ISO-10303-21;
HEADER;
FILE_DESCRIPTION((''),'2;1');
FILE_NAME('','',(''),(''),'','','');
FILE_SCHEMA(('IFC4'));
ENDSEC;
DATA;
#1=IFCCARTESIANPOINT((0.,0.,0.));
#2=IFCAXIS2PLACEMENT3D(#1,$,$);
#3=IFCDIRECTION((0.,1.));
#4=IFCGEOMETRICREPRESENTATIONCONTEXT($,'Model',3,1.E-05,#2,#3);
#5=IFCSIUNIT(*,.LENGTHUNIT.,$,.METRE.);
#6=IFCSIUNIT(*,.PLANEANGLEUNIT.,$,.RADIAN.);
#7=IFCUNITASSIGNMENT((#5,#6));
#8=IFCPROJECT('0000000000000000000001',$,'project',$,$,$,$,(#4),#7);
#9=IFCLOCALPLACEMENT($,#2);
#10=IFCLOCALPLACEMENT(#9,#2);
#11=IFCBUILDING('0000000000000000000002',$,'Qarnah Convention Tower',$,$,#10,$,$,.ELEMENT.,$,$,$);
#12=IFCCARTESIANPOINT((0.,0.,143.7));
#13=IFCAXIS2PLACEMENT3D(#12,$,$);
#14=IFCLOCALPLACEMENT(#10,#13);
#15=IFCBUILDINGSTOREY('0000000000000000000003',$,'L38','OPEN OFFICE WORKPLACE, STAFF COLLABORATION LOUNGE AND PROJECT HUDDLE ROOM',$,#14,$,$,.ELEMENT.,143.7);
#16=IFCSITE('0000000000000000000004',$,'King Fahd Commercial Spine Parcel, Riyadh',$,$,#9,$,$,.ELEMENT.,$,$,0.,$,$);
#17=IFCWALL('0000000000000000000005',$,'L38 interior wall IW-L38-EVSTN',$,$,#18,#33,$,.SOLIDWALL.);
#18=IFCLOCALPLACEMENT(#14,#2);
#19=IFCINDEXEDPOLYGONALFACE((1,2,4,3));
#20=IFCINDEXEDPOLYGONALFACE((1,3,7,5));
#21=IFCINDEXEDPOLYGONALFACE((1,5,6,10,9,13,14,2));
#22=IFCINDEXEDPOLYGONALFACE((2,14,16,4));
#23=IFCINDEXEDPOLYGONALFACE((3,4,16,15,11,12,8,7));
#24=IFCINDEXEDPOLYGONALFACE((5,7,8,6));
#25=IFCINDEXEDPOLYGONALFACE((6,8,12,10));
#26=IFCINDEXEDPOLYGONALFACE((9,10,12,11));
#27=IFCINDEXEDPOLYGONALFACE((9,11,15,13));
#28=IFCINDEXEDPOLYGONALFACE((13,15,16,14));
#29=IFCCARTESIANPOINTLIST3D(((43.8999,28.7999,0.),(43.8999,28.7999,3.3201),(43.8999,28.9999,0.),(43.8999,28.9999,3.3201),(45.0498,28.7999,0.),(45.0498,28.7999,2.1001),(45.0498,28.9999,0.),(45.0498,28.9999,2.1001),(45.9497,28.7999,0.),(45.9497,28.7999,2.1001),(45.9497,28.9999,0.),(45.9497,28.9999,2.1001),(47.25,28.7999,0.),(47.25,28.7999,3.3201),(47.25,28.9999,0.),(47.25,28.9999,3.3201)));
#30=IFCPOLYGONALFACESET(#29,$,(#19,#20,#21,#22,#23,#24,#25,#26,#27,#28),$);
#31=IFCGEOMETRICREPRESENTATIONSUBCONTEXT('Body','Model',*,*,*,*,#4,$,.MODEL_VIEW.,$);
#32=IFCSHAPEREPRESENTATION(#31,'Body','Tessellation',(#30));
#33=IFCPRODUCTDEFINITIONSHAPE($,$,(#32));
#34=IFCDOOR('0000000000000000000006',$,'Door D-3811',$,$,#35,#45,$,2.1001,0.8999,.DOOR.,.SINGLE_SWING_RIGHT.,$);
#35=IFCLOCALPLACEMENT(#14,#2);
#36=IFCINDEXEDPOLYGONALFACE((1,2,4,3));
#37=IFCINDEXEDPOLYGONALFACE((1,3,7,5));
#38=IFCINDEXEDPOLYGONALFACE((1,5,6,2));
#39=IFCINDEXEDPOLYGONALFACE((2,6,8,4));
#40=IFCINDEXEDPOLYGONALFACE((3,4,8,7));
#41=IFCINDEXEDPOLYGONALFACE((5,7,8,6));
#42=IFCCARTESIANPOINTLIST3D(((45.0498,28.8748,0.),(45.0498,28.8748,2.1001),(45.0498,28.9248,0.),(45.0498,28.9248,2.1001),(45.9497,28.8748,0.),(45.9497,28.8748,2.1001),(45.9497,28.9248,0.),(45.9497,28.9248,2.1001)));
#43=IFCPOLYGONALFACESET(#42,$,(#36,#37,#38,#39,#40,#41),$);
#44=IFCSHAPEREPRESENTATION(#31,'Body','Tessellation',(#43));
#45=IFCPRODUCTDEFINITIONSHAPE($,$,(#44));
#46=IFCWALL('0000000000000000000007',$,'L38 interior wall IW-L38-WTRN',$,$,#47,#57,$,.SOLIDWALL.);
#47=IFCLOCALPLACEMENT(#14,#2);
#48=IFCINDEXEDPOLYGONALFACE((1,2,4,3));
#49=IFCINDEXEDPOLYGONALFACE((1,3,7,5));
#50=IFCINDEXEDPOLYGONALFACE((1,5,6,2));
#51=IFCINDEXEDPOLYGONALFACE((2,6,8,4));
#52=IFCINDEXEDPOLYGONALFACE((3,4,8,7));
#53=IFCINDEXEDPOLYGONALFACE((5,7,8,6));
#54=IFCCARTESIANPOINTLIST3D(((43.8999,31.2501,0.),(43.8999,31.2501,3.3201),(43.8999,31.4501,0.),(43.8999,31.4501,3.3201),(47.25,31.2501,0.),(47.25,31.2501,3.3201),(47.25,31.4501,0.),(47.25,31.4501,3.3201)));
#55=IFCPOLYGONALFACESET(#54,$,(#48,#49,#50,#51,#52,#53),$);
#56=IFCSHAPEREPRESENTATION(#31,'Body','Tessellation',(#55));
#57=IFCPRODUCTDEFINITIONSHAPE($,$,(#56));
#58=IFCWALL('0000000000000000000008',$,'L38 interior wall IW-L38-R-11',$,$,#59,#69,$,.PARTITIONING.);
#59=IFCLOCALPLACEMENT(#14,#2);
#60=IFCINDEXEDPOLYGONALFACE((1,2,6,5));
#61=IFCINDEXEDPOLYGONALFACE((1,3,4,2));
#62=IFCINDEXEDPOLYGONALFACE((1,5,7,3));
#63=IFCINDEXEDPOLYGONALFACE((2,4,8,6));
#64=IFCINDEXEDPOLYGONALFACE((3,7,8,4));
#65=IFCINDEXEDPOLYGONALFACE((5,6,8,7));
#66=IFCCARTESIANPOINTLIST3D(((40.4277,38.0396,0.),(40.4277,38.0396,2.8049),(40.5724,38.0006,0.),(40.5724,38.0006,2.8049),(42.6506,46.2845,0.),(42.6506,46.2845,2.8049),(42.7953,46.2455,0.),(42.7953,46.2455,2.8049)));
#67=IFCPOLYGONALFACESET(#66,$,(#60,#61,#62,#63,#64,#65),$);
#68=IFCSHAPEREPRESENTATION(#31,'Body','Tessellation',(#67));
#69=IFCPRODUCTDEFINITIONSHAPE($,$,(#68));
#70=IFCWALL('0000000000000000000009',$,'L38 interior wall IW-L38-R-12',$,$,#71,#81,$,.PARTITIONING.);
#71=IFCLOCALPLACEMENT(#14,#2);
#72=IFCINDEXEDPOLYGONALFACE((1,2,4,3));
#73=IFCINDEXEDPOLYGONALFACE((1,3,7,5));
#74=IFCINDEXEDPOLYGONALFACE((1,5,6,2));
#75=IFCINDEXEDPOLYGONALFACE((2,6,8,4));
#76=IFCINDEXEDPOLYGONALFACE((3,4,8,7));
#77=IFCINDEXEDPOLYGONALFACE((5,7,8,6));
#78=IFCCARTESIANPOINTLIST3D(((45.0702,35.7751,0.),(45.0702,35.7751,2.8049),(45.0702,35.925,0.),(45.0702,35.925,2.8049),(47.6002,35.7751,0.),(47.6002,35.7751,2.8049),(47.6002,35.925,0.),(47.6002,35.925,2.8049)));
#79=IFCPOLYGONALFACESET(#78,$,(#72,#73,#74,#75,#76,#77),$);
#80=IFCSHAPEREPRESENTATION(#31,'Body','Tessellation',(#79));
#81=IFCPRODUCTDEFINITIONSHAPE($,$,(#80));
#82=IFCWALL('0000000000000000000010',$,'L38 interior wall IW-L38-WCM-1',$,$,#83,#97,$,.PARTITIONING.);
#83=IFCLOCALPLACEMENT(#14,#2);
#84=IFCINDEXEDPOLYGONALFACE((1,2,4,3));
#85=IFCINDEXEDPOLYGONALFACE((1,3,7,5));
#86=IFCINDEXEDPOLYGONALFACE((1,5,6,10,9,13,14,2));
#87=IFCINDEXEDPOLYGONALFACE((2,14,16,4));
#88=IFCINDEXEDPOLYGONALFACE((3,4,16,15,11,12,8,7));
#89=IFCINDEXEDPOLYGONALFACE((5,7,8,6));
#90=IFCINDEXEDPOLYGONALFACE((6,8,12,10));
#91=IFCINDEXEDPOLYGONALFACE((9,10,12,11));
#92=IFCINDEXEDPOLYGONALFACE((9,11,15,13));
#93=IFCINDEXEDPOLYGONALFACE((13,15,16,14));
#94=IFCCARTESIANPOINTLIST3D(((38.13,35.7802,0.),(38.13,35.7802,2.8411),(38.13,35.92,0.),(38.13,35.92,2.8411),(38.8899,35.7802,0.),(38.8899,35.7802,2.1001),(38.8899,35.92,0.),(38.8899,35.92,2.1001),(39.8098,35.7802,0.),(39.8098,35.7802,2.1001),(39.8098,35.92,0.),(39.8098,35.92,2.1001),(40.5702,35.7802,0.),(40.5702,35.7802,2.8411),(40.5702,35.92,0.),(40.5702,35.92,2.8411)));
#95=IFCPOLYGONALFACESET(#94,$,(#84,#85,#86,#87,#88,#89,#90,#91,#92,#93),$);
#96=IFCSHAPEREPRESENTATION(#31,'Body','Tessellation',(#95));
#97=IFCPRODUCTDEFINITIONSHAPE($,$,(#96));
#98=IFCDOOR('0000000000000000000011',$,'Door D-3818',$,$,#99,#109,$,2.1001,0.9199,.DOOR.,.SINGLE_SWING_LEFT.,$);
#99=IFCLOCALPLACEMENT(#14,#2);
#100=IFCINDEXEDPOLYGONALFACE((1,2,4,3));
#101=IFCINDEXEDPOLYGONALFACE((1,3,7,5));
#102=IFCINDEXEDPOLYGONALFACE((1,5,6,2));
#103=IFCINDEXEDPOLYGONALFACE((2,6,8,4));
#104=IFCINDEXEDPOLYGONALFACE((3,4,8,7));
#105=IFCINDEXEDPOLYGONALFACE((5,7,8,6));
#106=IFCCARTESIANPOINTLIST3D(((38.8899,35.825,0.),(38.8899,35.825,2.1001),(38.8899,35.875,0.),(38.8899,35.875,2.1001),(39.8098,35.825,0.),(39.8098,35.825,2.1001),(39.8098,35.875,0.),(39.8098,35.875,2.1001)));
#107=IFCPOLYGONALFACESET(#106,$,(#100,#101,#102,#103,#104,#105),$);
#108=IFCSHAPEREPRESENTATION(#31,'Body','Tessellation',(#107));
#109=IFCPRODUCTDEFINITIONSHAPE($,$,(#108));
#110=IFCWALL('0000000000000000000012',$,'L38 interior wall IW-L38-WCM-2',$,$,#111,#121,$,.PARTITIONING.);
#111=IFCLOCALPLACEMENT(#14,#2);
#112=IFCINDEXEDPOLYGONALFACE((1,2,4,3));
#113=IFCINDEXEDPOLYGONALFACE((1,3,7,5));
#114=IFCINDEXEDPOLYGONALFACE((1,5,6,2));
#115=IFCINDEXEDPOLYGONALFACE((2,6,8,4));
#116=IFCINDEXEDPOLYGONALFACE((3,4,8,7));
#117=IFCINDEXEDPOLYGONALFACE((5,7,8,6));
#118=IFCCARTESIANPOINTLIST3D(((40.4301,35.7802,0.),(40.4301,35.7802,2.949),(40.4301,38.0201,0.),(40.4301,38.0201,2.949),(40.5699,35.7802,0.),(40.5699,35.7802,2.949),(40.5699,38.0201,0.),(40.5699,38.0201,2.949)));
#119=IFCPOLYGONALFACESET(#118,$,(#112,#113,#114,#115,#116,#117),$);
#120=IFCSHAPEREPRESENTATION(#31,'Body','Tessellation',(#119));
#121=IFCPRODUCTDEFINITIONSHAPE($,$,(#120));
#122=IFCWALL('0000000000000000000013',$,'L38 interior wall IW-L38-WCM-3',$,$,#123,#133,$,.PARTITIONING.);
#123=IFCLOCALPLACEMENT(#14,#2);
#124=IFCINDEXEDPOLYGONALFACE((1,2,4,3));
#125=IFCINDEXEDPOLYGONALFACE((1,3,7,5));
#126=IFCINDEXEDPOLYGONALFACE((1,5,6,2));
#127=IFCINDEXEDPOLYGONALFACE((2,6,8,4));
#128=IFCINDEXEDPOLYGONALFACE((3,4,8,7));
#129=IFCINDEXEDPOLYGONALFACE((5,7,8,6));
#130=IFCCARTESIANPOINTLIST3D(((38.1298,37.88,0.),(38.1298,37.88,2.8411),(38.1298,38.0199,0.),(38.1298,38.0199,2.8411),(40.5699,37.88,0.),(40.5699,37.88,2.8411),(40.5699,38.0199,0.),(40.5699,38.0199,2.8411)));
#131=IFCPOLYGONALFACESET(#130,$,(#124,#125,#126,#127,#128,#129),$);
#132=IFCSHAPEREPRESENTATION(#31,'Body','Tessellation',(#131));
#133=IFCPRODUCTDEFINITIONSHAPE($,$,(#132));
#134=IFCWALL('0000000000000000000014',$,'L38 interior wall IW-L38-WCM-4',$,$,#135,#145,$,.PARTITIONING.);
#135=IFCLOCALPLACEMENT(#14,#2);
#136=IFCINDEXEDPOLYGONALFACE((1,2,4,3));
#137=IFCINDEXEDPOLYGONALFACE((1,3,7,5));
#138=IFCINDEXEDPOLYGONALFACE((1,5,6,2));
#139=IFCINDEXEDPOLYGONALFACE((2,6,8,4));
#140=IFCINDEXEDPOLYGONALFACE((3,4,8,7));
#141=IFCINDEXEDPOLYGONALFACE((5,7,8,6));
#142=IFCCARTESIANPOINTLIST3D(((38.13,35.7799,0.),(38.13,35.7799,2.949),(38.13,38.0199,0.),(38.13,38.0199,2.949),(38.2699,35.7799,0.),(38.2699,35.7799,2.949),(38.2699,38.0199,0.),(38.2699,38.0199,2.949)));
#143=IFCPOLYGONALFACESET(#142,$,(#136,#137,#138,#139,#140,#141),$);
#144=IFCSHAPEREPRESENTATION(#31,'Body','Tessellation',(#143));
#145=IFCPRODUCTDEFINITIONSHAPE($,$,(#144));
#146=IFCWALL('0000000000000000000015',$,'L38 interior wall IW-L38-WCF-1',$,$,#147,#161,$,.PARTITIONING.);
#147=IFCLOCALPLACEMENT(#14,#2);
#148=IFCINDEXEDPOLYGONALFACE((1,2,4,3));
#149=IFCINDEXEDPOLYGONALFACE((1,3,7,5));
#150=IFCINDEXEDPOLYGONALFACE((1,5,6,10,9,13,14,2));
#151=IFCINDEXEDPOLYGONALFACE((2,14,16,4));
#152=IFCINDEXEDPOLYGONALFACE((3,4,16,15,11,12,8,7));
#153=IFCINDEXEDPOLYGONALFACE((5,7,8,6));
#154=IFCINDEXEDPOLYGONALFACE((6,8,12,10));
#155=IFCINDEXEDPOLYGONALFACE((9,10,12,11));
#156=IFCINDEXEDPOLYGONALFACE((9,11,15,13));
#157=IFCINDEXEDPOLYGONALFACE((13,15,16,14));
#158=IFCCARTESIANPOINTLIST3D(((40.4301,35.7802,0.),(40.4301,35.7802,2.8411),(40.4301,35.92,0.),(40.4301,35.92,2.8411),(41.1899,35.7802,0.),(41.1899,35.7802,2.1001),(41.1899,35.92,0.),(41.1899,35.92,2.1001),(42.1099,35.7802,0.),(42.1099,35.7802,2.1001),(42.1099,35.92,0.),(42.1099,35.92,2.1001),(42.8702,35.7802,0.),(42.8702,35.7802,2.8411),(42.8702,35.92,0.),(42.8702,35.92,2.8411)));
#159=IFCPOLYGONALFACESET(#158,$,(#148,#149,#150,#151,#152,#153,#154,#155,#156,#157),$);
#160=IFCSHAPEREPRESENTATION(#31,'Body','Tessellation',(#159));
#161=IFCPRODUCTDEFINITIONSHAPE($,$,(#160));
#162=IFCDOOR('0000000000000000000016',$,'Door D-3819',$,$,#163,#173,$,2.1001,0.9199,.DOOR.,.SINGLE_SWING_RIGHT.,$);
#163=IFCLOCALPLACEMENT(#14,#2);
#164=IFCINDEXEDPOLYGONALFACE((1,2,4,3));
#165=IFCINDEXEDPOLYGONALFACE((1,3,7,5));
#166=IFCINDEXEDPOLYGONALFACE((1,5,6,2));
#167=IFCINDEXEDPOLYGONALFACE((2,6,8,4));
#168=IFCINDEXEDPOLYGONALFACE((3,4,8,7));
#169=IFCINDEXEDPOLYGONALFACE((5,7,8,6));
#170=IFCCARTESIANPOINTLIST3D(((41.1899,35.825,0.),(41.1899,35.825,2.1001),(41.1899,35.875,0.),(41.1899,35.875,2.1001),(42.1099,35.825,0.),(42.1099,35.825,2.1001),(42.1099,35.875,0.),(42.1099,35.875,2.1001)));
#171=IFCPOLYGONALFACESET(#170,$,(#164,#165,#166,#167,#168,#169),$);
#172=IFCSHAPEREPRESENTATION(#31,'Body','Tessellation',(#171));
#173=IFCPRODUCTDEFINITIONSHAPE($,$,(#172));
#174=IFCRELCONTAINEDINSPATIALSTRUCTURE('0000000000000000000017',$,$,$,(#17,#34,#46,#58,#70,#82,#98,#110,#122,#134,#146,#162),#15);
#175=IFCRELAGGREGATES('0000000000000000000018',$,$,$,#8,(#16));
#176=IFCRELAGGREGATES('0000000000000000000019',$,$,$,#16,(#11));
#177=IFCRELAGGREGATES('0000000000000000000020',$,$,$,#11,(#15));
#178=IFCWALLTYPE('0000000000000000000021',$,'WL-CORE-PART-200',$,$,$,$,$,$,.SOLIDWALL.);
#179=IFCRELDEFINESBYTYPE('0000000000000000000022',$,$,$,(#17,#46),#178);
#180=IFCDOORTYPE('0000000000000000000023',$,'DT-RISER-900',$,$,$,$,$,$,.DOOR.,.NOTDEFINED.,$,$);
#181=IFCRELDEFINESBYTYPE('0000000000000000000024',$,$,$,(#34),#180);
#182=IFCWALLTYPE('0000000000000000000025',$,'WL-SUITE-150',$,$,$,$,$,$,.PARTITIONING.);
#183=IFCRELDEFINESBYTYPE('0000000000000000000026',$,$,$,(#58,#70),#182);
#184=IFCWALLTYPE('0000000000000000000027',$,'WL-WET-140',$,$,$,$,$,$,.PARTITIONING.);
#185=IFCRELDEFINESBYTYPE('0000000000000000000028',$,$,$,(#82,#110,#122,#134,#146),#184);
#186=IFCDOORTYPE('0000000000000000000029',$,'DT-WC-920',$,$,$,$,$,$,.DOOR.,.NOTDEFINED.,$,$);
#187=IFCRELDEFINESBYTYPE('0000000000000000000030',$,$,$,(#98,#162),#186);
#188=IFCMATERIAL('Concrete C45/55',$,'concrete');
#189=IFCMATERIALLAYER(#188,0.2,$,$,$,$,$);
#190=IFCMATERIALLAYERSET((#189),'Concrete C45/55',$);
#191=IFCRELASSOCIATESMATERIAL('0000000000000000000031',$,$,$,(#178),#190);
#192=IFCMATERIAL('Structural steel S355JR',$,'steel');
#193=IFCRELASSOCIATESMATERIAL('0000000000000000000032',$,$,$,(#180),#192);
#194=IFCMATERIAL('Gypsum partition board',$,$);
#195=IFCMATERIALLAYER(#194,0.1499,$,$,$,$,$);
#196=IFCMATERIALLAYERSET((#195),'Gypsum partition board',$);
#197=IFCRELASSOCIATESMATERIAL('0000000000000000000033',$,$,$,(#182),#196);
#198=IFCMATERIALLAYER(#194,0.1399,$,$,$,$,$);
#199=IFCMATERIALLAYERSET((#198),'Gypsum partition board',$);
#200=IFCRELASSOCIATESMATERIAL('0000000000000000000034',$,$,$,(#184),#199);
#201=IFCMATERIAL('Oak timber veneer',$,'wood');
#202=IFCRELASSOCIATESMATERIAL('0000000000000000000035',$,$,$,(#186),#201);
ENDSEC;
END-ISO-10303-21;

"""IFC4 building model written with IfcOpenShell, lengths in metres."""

from ifc_helpers import new_model, si_unit, direction, frame, frame_2d, origin, place, context, subcontext, project, spatial, rectangle, extrude, material, layer, layer_set, type_object, element, fill, save


model = new_model("IFC4")

# Units and contexts
model_context = context("Model", 3, precision=1e-05, world=origin(), true_north=direction((0.0, 1.0)))
body_context = subcontext(model_context, "Body", "Model", "MODEL_VIEW")
ifc_project = project(units=[si_unit("LENGTHUNIT", "METRE"), si_unit("PLANEANGLEUNIT", "RADIAN")], contexts=[model_context])

# Site, building, storey
site_placement = place(None, origin())
site = spatial("IfcSite", under=ifc_project, at=site_placement, Name="King Fahd Commercial Spine Parcel, Riyadh", CompositionType="ELEMENT", RefElevation=0.0)
building_placement = place(site_placement, origin())
building = spatial("IfcBuilding", under=site, at=building_placement, Name="Qarnah Convention Tower", CompositionType="ELEMENT")
storey_placement = place(building_placement, frame((0.0, 0.0, 143.7)))
storey = spatial("IfcBuildingStorey", under=building, at=storey_placement, Name="L38", Description="OPEN OFFICE WORKPLACE, STAFF COLLABORATION LOUNGE AND PROJECT HUDDLE ROOM", CompositionType="ELEMENT", Elevation=143.7)

# Shared definitions
ifc_material_1 = material(Name="Structural steel S355JR", Category="steel")

# Wall, opening, door
ifc_material_2 = material(Name="Concrete C45/55", Category="concrete")
ifc_layer_1 = layer(ifc_material_2, 0.2)
ifc_layer_set_1 = layer_set([ifc_layer_1], Name="Concrete C45/55")
wall_type_1 = type_object("IfcWallType", Name="WL-CORE-PART-200", PredefinedType="SOLIDWALL", material=ifc_layer_set_1)
wall_1_placement = place(storey_placement, frame((43.8999, 28.8999, 0.0), z_axis=(0.0, 0.0, 1.0), x_axis=(1.0, 0.0, 0.0)))
wall_1 = element("IfcWall", 1, at=wall_1_placement, inside=storey, type_object=wall_type_1, Name="L38 interior wall IW-L38-EVSTN", PredefinedType="SOLIDWALL", context=body_context, shape_type="SweptSolid", body=[
    extrude(rectangle(XDim=3.3501, YDim=0.2, at=frame_2d((1.675, 0.0))), origin(), (0.0, 0.0, 1.0), 3.3201),
])
opening_1_placement = place(wall_1_placement, frame((1.1499, 0.0, 0.0)))
opening_1 = element("IfcOpeningElement", 2, at=opening_1_placement, cuts=wall_1, PredefinedType="OPENING", context=body_context, shape_type="SweptSolid", body=[
    extrude(rectangle(XDim=0.8999, YDim=2.1001, at=frame_2d((0.45, 1.05))), frame((0.0, 0.1099, 0.0), z_axis=(0.0, -1.0, 0.0), x_axis=(1.0, 0.0, 0.0)), (0.0, 0.0, 1.0), 0.22),
])
door_type_1 = type_object("IfcDoorType", Name="DT-RISER-900", OperationType="NOTDEFINED", PredefinedType="DOOR", material=ifc_material_1)
door_1_placement = place(opening_1_placement, origin())
door_1 = element("IfcDoor", 3, at=door_1_placement, inside=storey, type_object=door_type_1, Name="Door D-3811", OperationType="SINGLE_SWING_RIGHT", OverallHeight=2.1001, OverallWidth=0.8999, PredefinedType="DOOR", context=body_context, shape_type="SweptSolid", body=[
    extrude(rectangle(XDim=0.8999, YDim=2.1001, at=frame_2d((0.45, 1.05))), frame((0.0, 0.0249, 0.0), z_axis=(0.0, -1.0, 0.0), x_axis=(1.0, 0.0, 0.0)), (0.0, 0.0, 1.0), 0.05),
])
fill(opening_1, door_1)

# Walls
wall_2_placement = place(storey_placement, frame((43.8999, 31.3501, 0.0), z_axis=(0.0, 0.0, 1.0), x_axis=(1.0, 0.0, 0.0)))
element("IfcWall", 4, at=wall_2_placement, inside=storey, type_object=wall_type_1, Name="L38 interior wall IW-L38-WTRN", PredefinedType="SOLIDWALL", context=body_context, shape_type="SweptSolid", body=[
    extrude(rectangle(XDim=3.3501, YDim=0.2, at=frame_2d((1.675, 0.0))), origin(), (0.0, 0.0, 1.0), 3.3201),
])
ifc_material_3 = material(Name="Gypsum partition board")
ifc_layer_2 = layer(ifc_material_3, 0.1499)
ifc_layer_set_2 = layer_set([ifc_layer_2], Name="Gypsum partition board")
wall_type_2 = type_object("IfcWallType", Name="WL-SUITE-150", PredefinedType="PARTITIONING", material=ifc_layer_set_2)
wall_3_placement = place(storey_placement, frame((42.7229, 46.2649, 0.0), z_axis=(0.0, 0.0, 1.0), x_axis=(-0.260315, -0.965524, 0.0)))
element("IfcWall", 5, at=wall_3_placement, inside=storey, type_object=wall_type_2, Name="L38 interior wall IW-L38-R-11", PredefinedType="PARTITIONING", context=body_context, shape_type="SweptSolid", body=[
    extrude(rectangle(XDim=8.5393, YDim=0.1499, at=frame_2d((4.2695, 0.0))), origin(), (0.0, 0.0, 1.0), 2.8049),
])
wall_4_placement = place(storey_placement, frame((45.0701, 35.8501, 0.0), z_axis=(0.0, 0.0, 1.0), x_axis=(1.0, 0.0, 0.0)))
element("IfcWall", 6, at=wall_4_placement, inside=storey, type_object=wall_type_2, Name="L38 interior wall IW-L38-R-12", PredefinedType="PARTITIONING", context=body_context, shape_type="SweptSolid", body=[
    extrude(rectangle(XDim=2.53, YDim=0.1499, at=frame_2d((1.2651, 0.0))), origin(), (0.0, 0.0, 1.0), 2.8049),
])

# Wall, opening, door
ifc_layer_3 = layer(ifc_material_3, 0.1399)
ifc_layer_set_3 = layer_set([ifc_layer_3], Name="Gypsum partition board")
wall_type_3 = type_object("IfcWallType", Name="WL-WET-140", PredefinedType="PARTITIONING", material=ifc_layer_set_3)
wall_5_placement = place(storey_placement, frame((38.1299, 35.8501, 0.0), z_axis=(0.0, 0.0, 1.0), x_axis=(1.0, 0.0, 0.0)))
wall_5 = element("IfcWall", 7, at=wall_5_placement, inside=storey, type_object=wall_type_3, Name="L38 interior wall IW-L38-WCM-1", PredefinedType="PARTITIONING", context=body_context, shape_type="SweptSolid", body=[
    extrude(rectangle(XDim=2.4402, YDim=0.1399, at=frame_2d((1.2202, 0.0))), origin(), (0.0, 0.0, 1.0), 2.8411),
])
opening_2_placement = place(wall_5_placement, frame((0.76, 0.0, 0.0)))
opening_2 = element("IfcOpeningElement", 8, at=opening_2_placement, cuts=wall_5, PredefinedType="OPENING", context=body_context, shape_type="SweptSolid", body=[
    extrude(rectangle(XDim=0.9199, YDim=2.1001, at=frame_2d((0.46, 1.05))), frame((0.0, 0.0798, 0.0), z_axis=(0.0, -1.0, 0.0), x_axis=(1.0, 0.0, 0.0)), (0.0, 0.0, 1.0), 0.1599),
])
ifc_material_4 = material(Name="Oak timber veneer", Category="wood")
door_type_2 = type_object("IfcDoorType", Name="DT-WC-920", OperationType="NOTDEFINED", PredefinedType="DOOR", material=ifc_material_4)
door_2_placement = place(opening_2_placement, origin())
door_2 = element("IfcDoor", 9, at=door_2_placement, inside=storey, type_object=door_type_2, Name="Door D-3818", OperationType="SINGLE_SWING_LEFT", OverallHeight=2.1001, OverallWidth=0.9199, PredefinedType="DOOR", context=body_context, shape_type="SweptSolid", body=[
    extrude(rectangle(XDim=0.9199, YDim=2.1001, at=frame_2d((0.46, 1.05))), frame((0.0, 0.0249, 0.0), z_axis=(0.0, -1.0, 0.0), x_axis=(1.0, 0.0, 0.0)), (0.0, 0.0, 1.0), 0.05),
])
fill(opening_2, door_2)

# Walls
wall_6_placement = place(storey_placement, frame((40.5, 35.78, 0.0), z_axis=(0.0, 0.0, 1.0), x_axis=(0.0, 1.0, 0.0)))
element("IfcWall", 10, at=wall_6_placement, inside=storey, type_object=wall_type_3, Name="L38 interior wall IW-L38-WCM-2", PredefinedType="PARTITIONING", context=body_context, shape_type="SweptSolid", body=[
    extrude(rectangle(XDim=2.24, YDim=0.1399, at=frame_2d((1.1201, 0.0))), origin(), (0.0, 0.0, 1.0), 2.949),
])
wall_7_placement = place(storey_placement, frame((40.5701, 37.95, 0.0), z_axis=(0.0, 0.0, 1.0), x_axis=(-1.0, 0.0, 0.0)))
element("IfcWall", 11, at=wall_7_placement, inside=storey, type_object=wall_type_3, Name="L38 interior wall IW-L38-WCM-3", PredefinedType="PARTITIONING", context=body_context, shape_type="SweptSolid", body=[
    extrude(rectangle(XDim=2.4402, YDim=0.1399, at=frame_2d((1.2202, 0.0))), origin(), (0.0, 0.0, 1.0), 2.8411),
])
wall_8_placement = place(storey_placement, frame((38.2, 38.02, 0.0), z_axis=(0.0, 0.0, 1.0), x_axis=(0.0, -1.0, 0.0)))
element("IfcWall", 12, at=wall_8_placement, inside=storey, type_object=wall_type_3, Name="L38 interior wall IW-L38-WCM-4", PredefinedType="PARTITIONING", context=body_context, shape_type="SweptSolid", body=[
    extrude(rectangle(XDim=2.24, YDim=0.1399, at=frame_2d((1.1201, 0.0))), origin(), (0.0, 0.0, 1.0), 2.949),
])

# Wall, opening, door
wall_9_placement = place(storey_placement, frame((40.4299, 35.8501, 0.0), z_axis=(0.0, 0.0, 1.0), x_axis=(1.0, 0.0, 0.0)))
wall_9 = element("IfcWall", 13, at=wall_9_placement, inside=storey, type_object=wall_type_3, Name="L38 interior wall IW-L38-WCF-1", PredefinedType="PARTITIONING", context=body_context, shape_type="SweptSolid", body=[
    extrude(rectangle(XDim=2.4402, YDim=0.1399, at=frame_2d((1.2202, 0.0))), origin(), (0.0, 0.0, 1.0), 2.8411),
])
opening_3_placement = place(wall_9_placement, frame((0.76, 0.0, 0.0)))
opening_3 = element("IfcOpeningElement", 14, at=opening_3_placement, cuts=wall_9, PredefinedType="OPENING", context=body_context, shape_type="SweptSolid", body=[
    extrude(rectangle(XDim=0.9199, YDim=2.1001, at=frame_2d((0.46, 1.05))), frame((0.0, 0.0798, 0.0), z_axis=(0.0, -1.0, 0.0), x_axis=(1.0, 0.0, 0.0)), (0.0, 0.0, 1.0), 0.1599),
])
door_3_placement = place(opening_3_placement, origin())
door_3 = element("IfcDoor", 15, at=door_3_placement, inside=storey, type_object=door_type_2, Name="Door D-3819", OperationType="SINGLE_SWING_RIGHT", OverallHeight=2.1001, OverallWidth=0.9199, PredefinedType="DOOR", context=body_context, shape_type="SweptSolid", body=[
    extrude(rectangle(XDim=0.9199, YDim=2.1001, at=frame_2d((0.46, 1.05))), frame((0.0, 0.0249, 0.0), z_axis=(0.0, -1.0, 0.0), x_axis=(1.0, 0.0, 0.0)), (0.0, 0.0, 1.0), 0.05),
])
fill(opening_3, door_3)

save(model, "model.ifc")
